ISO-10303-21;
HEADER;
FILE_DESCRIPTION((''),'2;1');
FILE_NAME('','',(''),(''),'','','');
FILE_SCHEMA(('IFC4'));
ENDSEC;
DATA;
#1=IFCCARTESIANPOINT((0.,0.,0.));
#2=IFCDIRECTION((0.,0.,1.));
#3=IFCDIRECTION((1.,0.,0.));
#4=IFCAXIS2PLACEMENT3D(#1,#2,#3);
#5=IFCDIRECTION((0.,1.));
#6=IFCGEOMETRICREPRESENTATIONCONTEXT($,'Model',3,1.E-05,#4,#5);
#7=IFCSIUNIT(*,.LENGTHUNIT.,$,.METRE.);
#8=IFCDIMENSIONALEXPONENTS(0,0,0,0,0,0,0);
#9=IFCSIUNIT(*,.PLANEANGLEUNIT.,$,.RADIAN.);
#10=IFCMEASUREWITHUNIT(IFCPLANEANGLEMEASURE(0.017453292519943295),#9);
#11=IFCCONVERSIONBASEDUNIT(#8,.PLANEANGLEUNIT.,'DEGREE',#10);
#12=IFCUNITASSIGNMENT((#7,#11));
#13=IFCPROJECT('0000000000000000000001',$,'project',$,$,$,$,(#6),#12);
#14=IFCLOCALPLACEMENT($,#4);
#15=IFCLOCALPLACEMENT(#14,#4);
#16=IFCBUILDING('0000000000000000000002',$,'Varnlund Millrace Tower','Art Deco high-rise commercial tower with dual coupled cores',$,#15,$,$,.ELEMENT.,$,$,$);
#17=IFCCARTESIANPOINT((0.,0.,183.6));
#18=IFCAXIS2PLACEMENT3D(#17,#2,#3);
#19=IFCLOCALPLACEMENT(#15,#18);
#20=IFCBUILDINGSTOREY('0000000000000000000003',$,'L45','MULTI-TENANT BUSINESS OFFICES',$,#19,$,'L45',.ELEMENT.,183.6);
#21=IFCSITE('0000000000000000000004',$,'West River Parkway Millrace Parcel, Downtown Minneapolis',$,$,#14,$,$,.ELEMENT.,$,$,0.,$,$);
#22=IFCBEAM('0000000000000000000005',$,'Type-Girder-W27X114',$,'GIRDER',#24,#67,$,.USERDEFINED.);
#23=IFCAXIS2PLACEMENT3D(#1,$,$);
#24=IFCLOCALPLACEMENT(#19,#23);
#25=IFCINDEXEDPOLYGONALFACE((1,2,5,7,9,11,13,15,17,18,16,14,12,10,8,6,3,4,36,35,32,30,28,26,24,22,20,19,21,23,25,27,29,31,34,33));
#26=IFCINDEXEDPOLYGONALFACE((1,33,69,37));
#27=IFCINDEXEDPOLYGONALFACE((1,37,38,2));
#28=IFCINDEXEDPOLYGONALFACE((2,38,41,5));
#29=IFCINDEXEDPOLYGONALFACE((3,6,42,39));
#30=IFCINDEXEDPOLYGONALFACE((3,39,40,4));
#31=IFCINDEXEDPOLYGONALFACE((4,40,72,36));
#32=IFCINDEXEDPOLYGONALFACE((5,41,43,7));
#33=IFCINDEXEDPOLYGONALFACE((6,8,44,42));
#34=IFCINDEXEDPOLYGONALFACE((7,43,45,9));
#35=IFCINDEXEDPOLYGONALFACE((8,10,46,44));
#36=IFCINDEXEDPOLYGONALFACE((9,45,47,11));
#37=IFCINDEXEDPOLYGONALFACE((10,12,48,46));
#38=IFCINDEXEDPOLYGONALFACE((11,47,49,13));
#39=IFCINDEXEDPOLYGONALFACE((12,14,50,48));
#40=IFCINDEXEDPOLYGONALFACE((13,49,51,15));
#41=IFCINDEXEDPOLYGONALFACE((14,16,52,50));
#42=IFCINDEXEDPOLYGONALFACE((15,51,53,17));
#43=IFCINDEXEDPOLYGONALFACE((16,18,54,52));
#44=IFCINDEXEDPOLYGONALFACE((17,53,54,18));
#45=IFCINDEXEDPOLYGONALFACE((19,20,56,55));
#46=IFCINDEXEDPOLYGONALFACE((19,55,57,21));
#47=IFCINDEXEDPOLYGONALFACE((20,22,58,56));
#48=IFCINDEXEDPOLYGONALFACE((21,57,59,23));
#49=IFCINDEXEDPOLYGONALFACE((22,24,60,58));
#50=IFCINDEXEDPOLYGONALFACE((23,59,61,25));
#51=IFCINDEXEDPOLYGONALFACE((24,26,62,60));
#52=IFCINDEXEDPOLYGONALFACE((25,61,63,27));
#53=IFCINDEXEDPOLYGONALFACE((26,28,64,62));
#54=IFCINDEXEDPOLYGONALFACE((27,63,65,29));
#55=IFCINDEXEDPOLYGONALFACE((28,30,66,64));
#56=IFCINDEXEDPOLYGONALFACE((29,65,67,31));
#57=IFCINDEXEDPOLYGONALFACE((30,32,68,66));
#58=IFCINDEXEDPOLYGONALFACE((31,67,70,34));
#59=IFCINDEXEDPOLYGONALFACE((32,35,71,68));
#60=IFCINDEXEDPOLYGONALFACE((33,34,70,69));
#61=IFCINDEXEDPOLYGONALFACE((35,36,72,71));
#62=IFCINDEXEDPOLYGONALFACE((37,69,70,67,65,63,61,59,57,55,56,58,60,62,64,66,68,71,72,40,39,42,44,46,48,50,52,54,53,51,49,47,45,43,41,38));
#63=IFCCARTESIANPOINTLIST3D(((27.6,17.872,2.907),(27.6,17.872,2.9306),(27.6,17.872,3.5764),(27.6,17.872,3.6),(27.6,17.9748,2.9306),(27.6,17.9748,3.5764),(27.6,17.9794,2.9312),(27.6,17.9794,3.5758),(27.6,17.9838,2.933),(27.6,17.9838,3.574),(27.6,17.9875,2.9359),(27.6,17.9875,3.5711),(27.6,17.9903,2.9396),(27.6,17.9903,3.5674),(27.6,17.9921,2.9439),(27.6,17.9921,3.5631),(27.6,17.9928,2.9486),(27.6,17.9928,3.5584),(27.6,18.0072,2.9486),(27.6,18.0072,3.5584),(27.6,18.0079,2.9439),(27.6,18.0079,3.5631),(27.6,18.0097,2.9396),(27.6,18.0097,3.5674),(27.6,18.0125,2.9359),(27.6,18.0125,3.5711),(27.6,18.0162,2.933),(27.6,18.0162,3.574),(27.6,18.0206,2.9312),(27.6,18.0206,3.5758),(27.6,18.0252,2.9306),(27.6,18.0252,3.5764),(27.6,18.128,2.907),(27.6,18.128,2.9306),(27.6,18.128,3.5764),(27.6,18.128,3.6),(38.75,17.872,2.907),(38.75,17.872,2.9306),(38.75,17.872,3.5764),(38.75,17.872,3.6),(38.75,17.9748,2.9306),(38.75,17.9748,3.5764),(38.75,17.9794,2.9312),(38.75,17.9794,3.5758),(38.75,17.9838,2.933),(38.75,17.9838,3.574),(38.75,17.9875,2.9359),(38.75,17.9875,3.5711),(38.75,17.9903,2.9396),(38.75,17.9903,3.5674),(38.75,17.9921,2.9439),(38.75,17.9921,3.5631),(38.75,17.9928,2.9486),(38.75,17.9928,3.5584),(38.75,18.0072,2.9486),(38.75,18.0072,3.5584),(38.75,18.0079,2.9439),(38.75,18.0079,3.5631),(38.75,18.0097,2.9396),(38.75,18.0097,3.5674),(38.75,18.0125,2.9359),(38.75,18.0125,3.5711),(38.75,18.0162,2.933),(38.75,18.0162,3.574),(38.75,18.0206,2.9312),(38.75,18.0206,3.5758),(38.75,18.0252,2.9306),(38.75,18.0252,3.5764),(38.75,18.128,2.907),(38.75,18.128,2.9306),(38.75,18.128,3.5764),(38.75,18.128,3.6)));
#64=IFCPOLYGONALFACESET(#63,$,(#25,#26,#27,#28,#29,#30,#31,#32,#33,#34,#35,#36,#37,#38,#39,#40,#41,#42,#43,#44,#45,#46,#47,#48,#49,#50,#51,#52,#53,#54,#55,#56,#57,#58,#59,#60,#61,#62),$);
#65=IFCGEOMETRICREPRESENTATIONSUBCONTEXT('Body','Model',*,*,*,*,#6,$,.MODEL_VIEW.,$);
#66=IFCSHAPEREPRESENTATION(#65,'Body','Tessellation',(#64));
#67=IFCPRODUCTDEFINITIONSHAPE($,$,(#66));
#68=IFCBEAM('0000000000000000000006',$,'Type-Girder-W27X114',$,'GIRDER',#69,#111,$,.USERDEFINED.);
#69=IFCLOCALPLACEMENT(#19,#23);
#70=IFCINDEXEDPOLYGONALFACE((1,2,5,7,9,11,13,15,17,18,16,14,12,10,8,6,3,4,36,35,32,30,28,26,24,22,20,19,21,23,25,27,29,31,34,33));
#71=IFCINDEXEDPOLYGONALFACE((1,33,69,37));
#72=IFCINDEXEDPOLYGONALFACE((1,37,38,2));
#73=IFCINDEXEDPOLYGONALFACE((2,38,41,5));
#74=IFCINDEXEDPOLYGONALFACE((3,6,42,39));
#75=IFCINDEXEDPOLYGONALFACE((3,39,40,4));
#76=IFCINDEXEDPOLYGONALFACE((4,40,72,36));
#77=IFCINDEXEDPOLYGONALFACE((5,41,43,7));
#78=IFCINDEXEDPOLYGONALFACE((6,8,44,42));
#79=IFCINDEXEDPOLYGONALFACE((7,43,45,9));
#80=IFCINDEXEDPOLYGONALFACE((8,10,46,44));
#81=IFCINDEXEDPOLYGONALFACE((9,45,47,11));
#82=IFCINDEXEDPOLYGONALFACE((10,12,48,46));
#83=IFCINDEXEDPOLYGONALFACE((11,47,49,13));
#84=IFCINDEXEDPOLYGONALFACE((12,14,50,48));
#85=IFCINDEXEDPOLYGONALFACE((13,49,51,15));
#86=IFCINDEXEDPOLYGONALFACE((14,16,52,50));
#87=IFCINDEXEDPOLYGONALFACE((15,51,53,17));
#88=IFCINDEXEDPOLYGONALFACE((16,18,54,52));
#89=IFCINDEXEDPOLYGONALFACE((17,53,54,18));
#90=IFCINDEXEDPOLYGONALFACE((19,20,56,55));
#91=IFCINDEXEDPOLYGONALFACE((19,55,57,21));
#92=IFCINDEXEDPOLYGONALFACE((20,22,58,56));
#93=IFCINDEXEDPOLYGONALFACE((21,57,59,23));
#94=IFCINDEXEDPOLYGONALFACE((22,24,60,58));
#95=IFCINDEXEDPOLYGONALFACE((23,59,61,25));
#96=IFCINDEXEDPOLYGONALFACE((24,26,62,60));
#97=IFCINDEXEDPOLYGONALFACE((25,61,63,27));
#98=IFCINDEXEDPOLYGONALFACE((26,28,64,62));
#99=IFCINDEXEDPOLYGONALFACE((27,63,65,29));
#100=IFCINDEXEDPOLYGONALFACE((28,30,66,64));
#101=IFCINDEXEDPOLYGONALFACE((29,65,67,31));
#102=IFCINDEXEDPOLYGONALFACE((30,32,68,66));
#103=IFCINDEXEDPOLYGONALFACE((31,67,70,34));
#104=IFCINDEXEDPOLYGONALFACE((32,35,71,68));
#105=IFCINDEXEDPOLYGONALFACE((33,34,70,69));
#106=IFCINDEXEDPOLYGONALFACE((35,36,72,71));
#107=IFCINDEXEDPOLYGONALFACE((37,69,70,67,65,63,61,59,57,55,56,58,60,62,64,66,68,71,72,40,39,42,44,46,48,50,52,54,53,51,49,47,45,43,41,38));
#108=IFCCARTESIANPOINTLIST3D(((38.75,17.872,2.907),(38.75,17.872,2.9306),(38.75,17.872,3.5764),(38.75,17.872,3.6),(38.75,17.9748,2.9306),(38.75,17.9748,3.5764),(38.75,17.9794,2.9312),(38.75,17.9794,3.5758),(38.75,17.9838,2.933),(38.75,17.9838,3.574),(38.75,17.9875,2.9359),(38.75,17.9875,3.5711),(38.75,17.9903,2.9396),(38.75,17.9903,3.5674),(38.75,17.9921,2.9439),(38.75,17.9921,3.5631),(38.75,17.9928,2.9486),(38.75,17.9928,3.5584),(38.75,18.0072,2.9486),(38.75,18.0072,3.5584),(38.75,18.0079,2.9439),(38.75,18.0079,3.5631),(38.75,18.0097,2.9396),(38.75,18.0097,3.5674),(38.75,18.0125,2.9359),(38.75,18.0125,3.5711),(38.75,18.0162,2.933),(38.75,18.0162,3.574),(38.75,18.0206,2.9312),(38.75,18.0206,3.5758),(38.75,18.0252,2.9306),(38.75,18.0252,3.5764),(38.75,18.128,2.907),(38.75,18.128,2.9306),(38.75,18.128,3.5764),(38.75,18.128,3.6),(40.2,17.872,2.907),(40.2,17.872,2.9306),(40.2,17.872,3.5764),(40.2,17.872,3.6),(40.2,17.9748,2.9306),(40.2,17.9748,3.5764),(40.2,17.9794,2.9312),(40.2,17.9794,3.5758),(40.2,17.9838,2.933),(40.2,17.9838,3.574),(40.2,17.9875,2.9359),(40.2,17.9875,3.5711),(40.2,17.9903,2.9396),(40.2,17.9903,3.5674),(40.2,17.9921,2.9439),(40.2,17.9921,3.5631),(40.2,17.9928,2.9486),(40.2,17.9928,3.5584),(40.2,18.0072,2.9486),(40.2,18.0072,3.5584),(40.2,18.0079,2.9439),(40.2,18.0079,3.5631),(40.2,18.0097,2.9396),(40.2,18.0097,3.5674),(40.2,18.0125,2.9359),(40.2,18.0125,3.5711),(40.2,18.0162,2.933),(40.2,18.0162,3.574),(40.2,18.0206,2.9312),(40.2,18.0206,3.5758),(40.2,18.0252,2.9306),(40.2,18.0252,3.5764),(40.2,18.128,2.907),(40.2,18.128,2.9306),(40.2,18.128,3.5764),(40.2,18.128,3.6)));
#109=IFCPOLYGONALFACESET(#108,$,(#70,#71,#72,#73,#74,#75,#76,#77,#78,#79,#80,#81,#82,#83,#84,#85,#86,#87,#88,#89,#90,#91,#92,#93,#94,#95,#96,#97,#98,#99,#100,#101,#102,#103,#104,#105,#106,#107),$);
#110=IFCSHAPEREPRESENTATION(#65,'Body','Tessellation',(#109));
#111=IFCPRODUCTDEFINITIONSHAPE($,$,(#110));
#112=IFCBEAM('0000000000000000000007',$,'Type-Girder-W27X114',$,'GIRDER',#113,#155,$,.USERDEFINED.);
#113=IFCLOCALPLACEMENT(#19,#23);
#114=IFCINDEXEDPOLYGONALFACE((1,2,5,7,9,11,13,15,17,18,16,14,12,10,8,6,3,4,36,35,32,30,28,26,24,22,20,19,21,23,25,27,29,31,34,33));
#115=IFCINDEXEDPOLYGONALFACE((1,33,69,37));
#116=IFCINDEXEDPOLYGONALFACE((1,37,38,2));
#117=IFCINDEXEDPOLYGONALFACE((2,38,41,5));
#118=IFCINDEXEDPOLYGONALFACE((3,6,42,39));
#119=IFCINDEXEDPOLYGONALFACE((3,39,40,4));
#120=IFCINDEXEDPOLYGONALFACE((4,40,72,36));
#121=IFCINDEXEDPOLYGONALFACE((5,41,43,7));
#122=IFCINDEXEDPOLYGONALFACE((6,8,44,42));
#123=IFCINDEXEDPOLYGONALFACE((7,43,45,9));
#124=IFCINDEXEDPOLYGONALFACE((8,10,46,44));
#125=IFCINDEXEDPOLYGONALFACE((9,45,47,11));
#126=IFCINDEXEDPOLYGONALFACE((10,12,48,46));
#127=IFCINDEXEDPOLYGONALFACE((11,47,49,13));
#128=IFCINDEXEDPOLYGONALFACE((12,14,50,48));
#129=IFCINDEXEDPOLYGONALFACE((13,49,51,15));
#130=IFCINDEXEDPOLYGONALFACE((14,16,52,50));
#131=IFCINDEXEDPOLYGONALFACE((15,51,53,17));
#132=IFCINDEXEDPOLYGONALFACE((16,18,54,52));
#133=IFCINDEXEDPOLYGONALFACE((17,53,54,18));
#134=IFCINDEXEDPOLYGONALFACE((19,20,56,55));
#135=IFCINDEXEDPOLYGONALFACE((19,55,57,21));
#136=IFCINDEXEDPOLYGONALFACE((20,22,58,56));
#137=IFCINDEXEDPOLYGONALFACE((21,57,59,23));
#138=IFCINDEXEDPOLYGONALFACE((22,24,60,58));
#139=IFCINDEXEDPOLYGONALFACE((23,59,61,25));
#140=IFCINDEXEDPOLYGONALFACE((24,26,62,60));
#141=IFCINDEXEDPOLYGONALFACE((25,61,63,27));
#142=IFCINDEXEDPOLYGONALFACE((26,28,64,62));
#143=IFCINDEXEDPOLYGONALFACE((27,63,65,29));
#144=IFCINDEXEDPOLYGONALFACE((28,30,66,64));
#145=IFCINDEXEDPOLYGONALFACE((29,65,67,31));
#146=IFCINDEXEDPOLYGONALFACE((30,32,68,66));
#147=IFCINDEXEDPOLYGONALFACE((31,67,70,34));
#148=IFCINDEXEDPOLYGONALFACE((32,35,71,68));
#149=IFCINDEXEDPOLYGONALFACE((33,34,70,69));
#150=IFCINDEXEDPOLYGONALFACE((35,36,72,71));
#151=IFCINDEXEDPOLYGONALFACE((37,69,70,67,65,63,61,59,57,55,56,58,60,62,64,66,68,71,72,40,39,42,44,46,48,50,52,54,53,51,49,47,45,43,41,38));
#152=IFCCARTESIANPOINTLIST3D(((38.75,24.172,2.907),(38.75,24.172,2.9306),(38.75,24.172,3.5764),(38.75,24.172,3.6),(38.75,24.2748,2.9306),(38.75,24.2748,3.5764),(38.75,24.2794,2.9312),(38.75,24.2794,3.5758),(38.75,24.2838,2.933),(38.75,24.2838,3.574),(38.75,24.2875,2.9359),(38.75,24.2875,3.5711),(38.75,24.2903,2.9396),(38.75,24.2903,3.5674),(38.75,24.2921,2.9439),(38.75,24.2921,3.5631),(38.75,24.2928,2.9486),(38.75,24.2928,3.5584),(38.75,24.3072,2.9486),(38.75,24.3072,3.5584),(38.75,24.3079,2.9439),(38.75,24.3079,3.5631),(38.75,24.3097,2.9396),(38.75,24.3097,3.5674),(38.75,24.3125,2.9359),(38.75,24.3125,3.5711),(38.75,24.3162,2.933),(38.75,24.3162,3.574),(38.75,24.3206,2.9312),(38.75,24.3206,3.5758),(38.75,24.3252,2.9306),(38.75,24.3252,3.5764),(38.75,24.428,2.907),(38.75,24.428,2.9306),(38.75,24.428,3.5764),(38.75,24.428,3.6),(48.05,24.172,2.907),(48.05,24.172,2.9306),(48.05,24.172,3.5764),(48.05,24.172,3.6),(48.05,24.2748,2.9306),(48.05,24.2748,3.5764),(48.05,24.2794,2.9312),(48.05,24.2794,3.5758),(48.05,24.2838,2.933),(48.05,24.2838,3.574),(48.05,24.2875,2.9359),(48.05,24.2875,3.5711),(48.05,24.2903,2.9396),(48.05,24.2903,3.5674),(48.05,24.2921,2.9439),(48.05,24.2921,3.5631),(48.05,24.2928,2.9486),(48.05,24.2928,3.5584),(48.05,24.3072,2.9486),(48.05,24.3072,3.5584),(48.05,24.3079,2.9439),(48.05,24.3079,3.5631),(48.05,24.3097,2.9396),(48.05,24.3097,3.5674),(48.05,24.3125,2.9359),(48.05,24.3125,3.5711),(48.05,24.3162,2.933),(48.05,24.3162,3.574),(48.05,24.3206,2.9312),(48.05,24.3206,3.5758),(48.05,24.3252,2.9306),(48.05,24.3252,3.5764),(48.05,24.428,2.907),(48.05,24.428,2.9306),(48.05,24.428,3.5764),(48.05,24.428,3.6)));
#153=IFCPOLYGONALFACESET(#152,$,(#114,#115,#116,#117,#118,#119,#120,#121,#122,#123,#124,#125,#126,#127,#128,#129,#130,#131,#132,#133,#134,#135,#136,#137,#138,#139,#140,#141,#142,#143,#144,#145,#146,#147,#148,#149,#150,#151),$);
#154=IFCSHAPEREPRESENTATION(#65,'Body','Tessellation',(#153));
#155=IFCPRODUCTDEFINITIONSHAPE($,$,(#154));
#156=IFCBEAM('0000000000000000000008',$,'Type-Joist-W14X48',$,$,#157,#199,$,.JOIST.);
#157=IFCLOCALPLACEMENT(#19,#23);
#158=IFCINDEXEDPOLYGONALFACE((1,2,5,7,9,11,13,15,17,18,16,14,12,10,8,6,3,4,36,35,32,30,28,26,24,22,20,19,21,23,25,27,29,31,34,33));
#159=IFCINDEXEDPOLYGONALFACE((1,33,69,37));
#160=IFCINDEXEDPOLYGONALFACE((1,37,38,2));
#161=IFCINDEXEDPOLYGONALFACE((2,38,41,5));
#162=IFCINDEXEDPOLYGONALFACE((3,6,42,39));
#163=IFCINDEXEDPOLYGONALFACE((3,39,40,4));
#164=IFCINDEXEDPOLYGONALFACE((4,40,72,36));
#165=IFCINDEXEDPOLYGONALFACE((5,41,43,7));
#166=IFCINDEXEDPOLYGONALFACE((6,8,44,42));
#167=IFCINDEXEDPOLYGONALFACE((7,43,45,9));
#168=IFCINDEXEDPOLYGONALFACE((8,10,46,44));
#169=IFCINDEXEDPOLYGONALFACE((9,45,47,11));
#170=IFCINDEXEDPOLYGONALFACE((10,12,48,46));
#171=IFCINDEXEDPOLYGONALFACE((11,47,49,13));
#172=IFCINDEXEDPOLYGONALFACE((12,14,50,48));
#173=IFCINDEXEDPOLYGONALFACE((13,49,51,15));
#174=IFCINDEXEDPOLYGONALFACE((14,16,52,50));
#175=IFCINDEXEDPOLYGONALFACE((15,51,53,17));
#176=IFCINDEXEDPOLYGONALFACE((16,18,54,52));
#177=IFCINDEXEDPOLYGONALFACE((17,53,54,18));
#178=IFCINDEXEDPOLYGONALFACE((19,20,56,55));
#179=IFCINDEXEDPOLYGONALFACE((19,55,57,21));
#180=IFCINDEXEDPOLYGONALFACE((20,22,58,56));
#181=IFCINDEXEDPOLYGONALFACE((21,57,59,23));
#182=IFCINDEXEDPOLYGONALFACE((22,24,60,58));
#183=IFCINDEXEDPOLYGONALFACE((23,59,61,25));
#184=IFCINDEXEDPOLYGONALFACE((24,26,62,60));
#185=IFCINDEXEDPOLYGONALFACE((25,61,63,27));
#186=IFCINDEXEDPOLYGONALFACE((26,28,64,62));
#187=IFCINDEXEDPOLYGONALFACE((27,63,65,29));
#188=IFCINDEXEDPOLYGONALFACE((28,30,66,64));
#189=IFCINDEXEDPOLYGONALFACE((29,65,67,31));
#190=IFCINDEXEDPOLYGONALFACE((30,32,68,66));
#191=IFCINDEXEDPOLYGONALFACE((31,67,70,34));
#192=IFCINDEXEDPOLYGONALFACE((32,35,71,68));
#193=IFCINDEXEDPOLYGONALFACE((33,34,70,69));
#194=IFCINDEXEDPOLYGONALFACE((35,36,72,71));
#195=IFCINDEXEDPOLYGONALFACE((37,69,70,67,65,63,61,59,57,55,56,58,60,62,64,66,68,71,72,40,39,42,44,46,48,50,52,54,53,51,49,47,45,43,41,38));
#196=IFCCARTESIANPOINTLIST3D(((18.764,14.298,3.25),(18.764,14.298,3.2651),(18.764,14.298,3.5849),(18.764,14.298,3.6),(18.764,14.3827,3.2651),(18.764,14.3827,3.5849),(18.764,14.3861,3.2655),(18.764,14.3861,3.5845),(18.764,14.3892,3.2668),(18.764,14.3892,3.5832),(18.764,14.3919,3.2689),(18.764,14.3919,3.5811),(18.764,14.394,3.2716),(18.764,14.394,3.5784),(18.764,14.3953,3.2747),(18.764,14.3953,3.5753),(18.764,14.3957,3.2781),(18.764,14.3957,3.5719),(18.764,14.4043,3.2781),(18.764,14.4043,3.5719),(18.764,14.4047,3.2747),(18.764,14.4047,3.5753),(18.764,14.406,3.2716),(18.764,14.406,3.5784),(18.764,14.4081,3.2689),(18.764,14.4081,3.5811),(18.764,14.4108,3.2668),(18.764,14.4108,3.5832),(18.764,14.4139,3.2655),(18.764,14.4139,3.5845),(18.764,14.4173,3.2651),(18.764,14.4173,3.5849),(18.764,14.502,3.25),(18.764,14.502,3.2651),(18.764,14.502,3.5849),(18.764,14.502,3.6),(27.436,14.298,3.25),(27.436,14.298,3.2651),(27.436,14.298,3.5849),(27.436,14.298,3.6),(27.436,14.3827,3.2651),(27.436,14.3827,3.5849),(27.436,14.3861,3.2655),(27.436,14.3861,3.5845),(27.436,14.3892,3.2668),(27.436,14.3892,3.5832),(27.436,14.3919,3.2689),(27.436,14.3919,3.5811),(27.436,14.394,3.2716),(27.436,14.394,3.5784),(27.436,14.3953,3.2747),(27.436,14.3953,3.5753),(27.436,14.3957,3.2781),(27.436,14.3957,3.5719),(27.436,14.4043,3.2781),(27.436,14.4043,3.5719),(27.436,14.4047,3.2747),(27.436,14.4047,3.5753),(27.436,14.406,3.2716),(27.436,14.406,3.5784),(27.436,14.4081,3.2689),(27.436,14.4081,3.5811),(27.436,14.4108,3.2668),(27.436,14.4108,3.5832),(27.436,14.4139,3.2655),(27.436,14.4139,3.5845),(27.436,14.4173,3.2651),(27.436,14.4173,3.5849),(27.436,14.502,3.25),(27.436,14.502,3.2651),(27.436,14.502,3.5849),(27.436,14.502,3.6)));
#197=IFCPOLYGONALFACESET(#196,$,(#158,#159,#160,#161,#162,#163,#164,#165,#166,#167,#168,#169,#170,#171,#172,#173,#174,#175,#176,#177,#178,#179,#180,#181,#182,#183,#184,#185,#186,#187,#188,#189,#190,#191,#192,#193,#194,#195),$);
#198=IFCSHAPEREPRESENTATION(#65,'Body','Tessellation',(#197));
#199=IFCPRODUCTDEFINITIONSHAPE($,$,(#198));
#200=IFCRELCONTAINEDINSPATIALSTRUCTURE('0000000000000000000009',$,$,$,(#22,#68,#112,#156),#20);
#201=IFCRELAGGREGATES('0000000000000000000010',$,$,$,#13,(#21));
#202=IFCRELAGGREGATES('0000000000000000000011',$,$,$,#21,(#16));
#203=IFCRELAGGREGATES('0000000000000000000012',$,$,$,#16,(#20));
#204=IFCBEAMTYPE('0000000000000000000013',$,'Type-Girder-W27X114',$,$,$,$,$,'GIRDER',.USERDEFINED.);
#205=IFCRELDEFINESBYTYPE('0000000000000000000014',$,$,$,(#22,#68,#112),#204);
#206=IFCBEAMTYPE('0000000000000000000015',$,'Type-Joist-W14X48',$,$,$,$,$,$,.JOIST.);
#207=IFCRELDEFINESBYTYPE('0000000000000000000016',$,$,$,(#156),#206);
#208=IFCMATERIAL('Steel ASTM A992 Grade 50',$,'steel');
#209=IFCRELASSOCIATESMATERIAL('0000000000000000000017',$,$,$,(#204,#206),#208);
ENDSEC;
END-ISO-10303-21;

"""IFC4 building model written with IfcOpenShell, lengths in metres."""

from ifc_helpers import new_model, entity, si_unit, converted_unit, direction, frame, origin_with_axes, origin_2d_with_axis, place, context, subcontext, project, spatial, i_section, extrude, material, material_profile, profile_set, type_object, element, save


model = new_model("IFC4")

# Units and contexts
model_context = context("Model", 3, precision=1e-05, world=origin_with_axes(), true_north=direction((0.0, 1.0)))
body_context = subcontext(model_context, "Body", "Model", "MODEL_VIEW")
ifc_project = project(units=[si_unit("LENGTHUNIT", "METRE"), converted_unit("PLANEANGLEUNIT", "DEGREE", entity("IfcPlaneAngleMeasure", 0.017453292519943295), si_unit("PLANEANGLEUNIT", "RADIAN"), dimensions=[0, 0, 0, 0, 0, 0, 0])], contexts=[model_context])

# Site, building, storey
site_placement = place(None, origin_with_axes())
site = spatial("IfcSite", under=ifc_project, at=site_placement, Name="West River Parkway Millrace Parcel, Downtown Minneapolis", CompositionType="ELEMENT", RefElevation=0.0)
building_placement = place(site_placement, origin_with_axes())
building = spatial("IfcBuilding", under=site, at=building_placement, Name="Varnlund Millrace Tower", Description="Art Deco high-rise commercial tower with dual coupled cores", CompositionType="ELEMENT")
storey_placement = place(building_placement, frame((0.0, 0.0, 183.6), z_axis=(0.0, 0.0, 1.0), x_axis=(1.0, 0.0, 0.0)))
storey = spatial("IfcBuildingStorey", under=building, at=storey_placement, Name="L45", Description="MULTI-TENANT BUSINESS OFFICES", LongName="L45", CompositionType="ELEMENT", Elevation=183.6)

# Beams
ifc_material_1 = material(Name="Steel ASTM A992 Grade 50", Category="steel")
ifc_material_profile_1 = material_profile(ifc_material_1, i_section(OverallWidth=0.256, OverallDepth=0.693, WebThickness=0.0145, FlangeThickness=0.0236, FilletRadius=0.018, at=origin_2d_with_axis()), Name="Steel ASTM A992 Grade 50")
ifc_profile_set_1 = profile_set([ifc_material_profile_1], Name="Steel ASTM A992 Grade 50")
beam_type_1 = type_object("IfcBeamType", Name="Type-Girder-W27X114", ElementType="GIRDER", PredefinedType="USERDEFINED", material=ifc_profile_set_1)
beam_1_placement = place(storey_placement, frame((27.6, 18.0, 3.2535), z_axis=(1.0, 0.0, 0.0), x_axis=(0.0, 1.0, 0.0)))
element("IfcBeam", 1, at=beam_1_placement, inside=storey, type_object=beam_type_1, Name="Type-Girder-W27X114", ObjectType="GIRDER", PredefinedType="USERDEFINED", context=body_context, shape_type="SweptSolid", body=[
    extrude(i_section(OverallWidth=0.256, OverallDepth=0.693, WebThickness=0.0145, FlangeThickness=0.0236, FilletRadius=0.018, at=origin_2d_with_axis()), origin_with_axes(), (0.0, 0.0, 1.0), 11.15),
])
beam_2_placement = place(storey_placement, frame((38.75, 18.0, 3.2535), z_axis=(1.0, 0.0, 0.0), x_axis=(0.0, 1.0, 0.0)))
element("IfcBeam", 2, at=beam_2_placement, inside=storey, type_object=beam_type_1, Name="Type-Girder-W27X114", ObjectType="GIRDER", PredefinedType="USERDEFINED", context=body_context, shape_type="SweptSolid", body=[
    extrude(i_section(OverallWidth=0.256, OverallDepth=0.693, WebThickness=0.0145, FlangeThickness=0.0236, FilletRadius=0.018, at=origin_2d_with_axis()), origin_with_axes(), (0.0, 0.0, 1.0), 1.45),
])
beam_3_placement = place(storey_placement, frame((38.75, 24.3, 3.2535), z_axis=(1.0, 0.0, 0.0), x_axis=(0.0, 1.0, 0.0)))
element("IfcBeam", 3, at=beam_3_placement, inside=storey, type_object=beam_type_1, Name="Type-Girder-W27X114", ObjectType="GIRDER", PredefinedType="USERDEFINED", context=body_context, shape_type="SweptSolid", body=[
    extrude(i_section(OverallWidth=0.256, OverallDepth=0.693, WebThickness=0.0145, FlangeThickness=0.0236, FilletRadius=0.018, at=origin_2d_with_axis()), origin_with_axes(), (0.0, 0.0, 1.0), 9.3),
])
ifc_material_profile_2 = material_profile(ifc_material_1, i_section(OverallWidth=0.204, OverallDepth=0.35, WebThickness=0.0086, FlangeThickness=0.0151, FilletRadius=0.013, at=origin_2d_with_axis()), Name="Steel ASTM A992 Grade 50")
ifc_profile_set_2 = profile_set([ifc_material_profile_2], Name="Steel ASTM A992 Grade 50")
beam_type_2 = type_object("IfcBeamType", Name="Type-Joist-W14X48", PredefinedType="JOIST", material=ifc_profile_set_2)
beam_4_placement = place(storey_placement, frame((18.764, 14.4, 3.425), z_axis=(1.0, 0.0, 0.0), x_axis=(0.0, 1.0, 0.0)))
element("IfcBeam", 4, at=beam_4_placement, inside=storey, type_object=beam_type_2, Name="Type-Joist-W14X48", PredefinedType="JOIST", context=body_context, shape_type="SweptSolid", body=[
    extrude(i_section(OverallWidth=0.204, OverallDepth=0.35, WebThickness=0.0086, FlangeThickness=0.0151, FilletRadius=0.013, at=origin_2d_with_axis()), origin_with_axes(), (0.0, 0.0, 1.0), 8.672),
])

save(model, "model.ifc")
